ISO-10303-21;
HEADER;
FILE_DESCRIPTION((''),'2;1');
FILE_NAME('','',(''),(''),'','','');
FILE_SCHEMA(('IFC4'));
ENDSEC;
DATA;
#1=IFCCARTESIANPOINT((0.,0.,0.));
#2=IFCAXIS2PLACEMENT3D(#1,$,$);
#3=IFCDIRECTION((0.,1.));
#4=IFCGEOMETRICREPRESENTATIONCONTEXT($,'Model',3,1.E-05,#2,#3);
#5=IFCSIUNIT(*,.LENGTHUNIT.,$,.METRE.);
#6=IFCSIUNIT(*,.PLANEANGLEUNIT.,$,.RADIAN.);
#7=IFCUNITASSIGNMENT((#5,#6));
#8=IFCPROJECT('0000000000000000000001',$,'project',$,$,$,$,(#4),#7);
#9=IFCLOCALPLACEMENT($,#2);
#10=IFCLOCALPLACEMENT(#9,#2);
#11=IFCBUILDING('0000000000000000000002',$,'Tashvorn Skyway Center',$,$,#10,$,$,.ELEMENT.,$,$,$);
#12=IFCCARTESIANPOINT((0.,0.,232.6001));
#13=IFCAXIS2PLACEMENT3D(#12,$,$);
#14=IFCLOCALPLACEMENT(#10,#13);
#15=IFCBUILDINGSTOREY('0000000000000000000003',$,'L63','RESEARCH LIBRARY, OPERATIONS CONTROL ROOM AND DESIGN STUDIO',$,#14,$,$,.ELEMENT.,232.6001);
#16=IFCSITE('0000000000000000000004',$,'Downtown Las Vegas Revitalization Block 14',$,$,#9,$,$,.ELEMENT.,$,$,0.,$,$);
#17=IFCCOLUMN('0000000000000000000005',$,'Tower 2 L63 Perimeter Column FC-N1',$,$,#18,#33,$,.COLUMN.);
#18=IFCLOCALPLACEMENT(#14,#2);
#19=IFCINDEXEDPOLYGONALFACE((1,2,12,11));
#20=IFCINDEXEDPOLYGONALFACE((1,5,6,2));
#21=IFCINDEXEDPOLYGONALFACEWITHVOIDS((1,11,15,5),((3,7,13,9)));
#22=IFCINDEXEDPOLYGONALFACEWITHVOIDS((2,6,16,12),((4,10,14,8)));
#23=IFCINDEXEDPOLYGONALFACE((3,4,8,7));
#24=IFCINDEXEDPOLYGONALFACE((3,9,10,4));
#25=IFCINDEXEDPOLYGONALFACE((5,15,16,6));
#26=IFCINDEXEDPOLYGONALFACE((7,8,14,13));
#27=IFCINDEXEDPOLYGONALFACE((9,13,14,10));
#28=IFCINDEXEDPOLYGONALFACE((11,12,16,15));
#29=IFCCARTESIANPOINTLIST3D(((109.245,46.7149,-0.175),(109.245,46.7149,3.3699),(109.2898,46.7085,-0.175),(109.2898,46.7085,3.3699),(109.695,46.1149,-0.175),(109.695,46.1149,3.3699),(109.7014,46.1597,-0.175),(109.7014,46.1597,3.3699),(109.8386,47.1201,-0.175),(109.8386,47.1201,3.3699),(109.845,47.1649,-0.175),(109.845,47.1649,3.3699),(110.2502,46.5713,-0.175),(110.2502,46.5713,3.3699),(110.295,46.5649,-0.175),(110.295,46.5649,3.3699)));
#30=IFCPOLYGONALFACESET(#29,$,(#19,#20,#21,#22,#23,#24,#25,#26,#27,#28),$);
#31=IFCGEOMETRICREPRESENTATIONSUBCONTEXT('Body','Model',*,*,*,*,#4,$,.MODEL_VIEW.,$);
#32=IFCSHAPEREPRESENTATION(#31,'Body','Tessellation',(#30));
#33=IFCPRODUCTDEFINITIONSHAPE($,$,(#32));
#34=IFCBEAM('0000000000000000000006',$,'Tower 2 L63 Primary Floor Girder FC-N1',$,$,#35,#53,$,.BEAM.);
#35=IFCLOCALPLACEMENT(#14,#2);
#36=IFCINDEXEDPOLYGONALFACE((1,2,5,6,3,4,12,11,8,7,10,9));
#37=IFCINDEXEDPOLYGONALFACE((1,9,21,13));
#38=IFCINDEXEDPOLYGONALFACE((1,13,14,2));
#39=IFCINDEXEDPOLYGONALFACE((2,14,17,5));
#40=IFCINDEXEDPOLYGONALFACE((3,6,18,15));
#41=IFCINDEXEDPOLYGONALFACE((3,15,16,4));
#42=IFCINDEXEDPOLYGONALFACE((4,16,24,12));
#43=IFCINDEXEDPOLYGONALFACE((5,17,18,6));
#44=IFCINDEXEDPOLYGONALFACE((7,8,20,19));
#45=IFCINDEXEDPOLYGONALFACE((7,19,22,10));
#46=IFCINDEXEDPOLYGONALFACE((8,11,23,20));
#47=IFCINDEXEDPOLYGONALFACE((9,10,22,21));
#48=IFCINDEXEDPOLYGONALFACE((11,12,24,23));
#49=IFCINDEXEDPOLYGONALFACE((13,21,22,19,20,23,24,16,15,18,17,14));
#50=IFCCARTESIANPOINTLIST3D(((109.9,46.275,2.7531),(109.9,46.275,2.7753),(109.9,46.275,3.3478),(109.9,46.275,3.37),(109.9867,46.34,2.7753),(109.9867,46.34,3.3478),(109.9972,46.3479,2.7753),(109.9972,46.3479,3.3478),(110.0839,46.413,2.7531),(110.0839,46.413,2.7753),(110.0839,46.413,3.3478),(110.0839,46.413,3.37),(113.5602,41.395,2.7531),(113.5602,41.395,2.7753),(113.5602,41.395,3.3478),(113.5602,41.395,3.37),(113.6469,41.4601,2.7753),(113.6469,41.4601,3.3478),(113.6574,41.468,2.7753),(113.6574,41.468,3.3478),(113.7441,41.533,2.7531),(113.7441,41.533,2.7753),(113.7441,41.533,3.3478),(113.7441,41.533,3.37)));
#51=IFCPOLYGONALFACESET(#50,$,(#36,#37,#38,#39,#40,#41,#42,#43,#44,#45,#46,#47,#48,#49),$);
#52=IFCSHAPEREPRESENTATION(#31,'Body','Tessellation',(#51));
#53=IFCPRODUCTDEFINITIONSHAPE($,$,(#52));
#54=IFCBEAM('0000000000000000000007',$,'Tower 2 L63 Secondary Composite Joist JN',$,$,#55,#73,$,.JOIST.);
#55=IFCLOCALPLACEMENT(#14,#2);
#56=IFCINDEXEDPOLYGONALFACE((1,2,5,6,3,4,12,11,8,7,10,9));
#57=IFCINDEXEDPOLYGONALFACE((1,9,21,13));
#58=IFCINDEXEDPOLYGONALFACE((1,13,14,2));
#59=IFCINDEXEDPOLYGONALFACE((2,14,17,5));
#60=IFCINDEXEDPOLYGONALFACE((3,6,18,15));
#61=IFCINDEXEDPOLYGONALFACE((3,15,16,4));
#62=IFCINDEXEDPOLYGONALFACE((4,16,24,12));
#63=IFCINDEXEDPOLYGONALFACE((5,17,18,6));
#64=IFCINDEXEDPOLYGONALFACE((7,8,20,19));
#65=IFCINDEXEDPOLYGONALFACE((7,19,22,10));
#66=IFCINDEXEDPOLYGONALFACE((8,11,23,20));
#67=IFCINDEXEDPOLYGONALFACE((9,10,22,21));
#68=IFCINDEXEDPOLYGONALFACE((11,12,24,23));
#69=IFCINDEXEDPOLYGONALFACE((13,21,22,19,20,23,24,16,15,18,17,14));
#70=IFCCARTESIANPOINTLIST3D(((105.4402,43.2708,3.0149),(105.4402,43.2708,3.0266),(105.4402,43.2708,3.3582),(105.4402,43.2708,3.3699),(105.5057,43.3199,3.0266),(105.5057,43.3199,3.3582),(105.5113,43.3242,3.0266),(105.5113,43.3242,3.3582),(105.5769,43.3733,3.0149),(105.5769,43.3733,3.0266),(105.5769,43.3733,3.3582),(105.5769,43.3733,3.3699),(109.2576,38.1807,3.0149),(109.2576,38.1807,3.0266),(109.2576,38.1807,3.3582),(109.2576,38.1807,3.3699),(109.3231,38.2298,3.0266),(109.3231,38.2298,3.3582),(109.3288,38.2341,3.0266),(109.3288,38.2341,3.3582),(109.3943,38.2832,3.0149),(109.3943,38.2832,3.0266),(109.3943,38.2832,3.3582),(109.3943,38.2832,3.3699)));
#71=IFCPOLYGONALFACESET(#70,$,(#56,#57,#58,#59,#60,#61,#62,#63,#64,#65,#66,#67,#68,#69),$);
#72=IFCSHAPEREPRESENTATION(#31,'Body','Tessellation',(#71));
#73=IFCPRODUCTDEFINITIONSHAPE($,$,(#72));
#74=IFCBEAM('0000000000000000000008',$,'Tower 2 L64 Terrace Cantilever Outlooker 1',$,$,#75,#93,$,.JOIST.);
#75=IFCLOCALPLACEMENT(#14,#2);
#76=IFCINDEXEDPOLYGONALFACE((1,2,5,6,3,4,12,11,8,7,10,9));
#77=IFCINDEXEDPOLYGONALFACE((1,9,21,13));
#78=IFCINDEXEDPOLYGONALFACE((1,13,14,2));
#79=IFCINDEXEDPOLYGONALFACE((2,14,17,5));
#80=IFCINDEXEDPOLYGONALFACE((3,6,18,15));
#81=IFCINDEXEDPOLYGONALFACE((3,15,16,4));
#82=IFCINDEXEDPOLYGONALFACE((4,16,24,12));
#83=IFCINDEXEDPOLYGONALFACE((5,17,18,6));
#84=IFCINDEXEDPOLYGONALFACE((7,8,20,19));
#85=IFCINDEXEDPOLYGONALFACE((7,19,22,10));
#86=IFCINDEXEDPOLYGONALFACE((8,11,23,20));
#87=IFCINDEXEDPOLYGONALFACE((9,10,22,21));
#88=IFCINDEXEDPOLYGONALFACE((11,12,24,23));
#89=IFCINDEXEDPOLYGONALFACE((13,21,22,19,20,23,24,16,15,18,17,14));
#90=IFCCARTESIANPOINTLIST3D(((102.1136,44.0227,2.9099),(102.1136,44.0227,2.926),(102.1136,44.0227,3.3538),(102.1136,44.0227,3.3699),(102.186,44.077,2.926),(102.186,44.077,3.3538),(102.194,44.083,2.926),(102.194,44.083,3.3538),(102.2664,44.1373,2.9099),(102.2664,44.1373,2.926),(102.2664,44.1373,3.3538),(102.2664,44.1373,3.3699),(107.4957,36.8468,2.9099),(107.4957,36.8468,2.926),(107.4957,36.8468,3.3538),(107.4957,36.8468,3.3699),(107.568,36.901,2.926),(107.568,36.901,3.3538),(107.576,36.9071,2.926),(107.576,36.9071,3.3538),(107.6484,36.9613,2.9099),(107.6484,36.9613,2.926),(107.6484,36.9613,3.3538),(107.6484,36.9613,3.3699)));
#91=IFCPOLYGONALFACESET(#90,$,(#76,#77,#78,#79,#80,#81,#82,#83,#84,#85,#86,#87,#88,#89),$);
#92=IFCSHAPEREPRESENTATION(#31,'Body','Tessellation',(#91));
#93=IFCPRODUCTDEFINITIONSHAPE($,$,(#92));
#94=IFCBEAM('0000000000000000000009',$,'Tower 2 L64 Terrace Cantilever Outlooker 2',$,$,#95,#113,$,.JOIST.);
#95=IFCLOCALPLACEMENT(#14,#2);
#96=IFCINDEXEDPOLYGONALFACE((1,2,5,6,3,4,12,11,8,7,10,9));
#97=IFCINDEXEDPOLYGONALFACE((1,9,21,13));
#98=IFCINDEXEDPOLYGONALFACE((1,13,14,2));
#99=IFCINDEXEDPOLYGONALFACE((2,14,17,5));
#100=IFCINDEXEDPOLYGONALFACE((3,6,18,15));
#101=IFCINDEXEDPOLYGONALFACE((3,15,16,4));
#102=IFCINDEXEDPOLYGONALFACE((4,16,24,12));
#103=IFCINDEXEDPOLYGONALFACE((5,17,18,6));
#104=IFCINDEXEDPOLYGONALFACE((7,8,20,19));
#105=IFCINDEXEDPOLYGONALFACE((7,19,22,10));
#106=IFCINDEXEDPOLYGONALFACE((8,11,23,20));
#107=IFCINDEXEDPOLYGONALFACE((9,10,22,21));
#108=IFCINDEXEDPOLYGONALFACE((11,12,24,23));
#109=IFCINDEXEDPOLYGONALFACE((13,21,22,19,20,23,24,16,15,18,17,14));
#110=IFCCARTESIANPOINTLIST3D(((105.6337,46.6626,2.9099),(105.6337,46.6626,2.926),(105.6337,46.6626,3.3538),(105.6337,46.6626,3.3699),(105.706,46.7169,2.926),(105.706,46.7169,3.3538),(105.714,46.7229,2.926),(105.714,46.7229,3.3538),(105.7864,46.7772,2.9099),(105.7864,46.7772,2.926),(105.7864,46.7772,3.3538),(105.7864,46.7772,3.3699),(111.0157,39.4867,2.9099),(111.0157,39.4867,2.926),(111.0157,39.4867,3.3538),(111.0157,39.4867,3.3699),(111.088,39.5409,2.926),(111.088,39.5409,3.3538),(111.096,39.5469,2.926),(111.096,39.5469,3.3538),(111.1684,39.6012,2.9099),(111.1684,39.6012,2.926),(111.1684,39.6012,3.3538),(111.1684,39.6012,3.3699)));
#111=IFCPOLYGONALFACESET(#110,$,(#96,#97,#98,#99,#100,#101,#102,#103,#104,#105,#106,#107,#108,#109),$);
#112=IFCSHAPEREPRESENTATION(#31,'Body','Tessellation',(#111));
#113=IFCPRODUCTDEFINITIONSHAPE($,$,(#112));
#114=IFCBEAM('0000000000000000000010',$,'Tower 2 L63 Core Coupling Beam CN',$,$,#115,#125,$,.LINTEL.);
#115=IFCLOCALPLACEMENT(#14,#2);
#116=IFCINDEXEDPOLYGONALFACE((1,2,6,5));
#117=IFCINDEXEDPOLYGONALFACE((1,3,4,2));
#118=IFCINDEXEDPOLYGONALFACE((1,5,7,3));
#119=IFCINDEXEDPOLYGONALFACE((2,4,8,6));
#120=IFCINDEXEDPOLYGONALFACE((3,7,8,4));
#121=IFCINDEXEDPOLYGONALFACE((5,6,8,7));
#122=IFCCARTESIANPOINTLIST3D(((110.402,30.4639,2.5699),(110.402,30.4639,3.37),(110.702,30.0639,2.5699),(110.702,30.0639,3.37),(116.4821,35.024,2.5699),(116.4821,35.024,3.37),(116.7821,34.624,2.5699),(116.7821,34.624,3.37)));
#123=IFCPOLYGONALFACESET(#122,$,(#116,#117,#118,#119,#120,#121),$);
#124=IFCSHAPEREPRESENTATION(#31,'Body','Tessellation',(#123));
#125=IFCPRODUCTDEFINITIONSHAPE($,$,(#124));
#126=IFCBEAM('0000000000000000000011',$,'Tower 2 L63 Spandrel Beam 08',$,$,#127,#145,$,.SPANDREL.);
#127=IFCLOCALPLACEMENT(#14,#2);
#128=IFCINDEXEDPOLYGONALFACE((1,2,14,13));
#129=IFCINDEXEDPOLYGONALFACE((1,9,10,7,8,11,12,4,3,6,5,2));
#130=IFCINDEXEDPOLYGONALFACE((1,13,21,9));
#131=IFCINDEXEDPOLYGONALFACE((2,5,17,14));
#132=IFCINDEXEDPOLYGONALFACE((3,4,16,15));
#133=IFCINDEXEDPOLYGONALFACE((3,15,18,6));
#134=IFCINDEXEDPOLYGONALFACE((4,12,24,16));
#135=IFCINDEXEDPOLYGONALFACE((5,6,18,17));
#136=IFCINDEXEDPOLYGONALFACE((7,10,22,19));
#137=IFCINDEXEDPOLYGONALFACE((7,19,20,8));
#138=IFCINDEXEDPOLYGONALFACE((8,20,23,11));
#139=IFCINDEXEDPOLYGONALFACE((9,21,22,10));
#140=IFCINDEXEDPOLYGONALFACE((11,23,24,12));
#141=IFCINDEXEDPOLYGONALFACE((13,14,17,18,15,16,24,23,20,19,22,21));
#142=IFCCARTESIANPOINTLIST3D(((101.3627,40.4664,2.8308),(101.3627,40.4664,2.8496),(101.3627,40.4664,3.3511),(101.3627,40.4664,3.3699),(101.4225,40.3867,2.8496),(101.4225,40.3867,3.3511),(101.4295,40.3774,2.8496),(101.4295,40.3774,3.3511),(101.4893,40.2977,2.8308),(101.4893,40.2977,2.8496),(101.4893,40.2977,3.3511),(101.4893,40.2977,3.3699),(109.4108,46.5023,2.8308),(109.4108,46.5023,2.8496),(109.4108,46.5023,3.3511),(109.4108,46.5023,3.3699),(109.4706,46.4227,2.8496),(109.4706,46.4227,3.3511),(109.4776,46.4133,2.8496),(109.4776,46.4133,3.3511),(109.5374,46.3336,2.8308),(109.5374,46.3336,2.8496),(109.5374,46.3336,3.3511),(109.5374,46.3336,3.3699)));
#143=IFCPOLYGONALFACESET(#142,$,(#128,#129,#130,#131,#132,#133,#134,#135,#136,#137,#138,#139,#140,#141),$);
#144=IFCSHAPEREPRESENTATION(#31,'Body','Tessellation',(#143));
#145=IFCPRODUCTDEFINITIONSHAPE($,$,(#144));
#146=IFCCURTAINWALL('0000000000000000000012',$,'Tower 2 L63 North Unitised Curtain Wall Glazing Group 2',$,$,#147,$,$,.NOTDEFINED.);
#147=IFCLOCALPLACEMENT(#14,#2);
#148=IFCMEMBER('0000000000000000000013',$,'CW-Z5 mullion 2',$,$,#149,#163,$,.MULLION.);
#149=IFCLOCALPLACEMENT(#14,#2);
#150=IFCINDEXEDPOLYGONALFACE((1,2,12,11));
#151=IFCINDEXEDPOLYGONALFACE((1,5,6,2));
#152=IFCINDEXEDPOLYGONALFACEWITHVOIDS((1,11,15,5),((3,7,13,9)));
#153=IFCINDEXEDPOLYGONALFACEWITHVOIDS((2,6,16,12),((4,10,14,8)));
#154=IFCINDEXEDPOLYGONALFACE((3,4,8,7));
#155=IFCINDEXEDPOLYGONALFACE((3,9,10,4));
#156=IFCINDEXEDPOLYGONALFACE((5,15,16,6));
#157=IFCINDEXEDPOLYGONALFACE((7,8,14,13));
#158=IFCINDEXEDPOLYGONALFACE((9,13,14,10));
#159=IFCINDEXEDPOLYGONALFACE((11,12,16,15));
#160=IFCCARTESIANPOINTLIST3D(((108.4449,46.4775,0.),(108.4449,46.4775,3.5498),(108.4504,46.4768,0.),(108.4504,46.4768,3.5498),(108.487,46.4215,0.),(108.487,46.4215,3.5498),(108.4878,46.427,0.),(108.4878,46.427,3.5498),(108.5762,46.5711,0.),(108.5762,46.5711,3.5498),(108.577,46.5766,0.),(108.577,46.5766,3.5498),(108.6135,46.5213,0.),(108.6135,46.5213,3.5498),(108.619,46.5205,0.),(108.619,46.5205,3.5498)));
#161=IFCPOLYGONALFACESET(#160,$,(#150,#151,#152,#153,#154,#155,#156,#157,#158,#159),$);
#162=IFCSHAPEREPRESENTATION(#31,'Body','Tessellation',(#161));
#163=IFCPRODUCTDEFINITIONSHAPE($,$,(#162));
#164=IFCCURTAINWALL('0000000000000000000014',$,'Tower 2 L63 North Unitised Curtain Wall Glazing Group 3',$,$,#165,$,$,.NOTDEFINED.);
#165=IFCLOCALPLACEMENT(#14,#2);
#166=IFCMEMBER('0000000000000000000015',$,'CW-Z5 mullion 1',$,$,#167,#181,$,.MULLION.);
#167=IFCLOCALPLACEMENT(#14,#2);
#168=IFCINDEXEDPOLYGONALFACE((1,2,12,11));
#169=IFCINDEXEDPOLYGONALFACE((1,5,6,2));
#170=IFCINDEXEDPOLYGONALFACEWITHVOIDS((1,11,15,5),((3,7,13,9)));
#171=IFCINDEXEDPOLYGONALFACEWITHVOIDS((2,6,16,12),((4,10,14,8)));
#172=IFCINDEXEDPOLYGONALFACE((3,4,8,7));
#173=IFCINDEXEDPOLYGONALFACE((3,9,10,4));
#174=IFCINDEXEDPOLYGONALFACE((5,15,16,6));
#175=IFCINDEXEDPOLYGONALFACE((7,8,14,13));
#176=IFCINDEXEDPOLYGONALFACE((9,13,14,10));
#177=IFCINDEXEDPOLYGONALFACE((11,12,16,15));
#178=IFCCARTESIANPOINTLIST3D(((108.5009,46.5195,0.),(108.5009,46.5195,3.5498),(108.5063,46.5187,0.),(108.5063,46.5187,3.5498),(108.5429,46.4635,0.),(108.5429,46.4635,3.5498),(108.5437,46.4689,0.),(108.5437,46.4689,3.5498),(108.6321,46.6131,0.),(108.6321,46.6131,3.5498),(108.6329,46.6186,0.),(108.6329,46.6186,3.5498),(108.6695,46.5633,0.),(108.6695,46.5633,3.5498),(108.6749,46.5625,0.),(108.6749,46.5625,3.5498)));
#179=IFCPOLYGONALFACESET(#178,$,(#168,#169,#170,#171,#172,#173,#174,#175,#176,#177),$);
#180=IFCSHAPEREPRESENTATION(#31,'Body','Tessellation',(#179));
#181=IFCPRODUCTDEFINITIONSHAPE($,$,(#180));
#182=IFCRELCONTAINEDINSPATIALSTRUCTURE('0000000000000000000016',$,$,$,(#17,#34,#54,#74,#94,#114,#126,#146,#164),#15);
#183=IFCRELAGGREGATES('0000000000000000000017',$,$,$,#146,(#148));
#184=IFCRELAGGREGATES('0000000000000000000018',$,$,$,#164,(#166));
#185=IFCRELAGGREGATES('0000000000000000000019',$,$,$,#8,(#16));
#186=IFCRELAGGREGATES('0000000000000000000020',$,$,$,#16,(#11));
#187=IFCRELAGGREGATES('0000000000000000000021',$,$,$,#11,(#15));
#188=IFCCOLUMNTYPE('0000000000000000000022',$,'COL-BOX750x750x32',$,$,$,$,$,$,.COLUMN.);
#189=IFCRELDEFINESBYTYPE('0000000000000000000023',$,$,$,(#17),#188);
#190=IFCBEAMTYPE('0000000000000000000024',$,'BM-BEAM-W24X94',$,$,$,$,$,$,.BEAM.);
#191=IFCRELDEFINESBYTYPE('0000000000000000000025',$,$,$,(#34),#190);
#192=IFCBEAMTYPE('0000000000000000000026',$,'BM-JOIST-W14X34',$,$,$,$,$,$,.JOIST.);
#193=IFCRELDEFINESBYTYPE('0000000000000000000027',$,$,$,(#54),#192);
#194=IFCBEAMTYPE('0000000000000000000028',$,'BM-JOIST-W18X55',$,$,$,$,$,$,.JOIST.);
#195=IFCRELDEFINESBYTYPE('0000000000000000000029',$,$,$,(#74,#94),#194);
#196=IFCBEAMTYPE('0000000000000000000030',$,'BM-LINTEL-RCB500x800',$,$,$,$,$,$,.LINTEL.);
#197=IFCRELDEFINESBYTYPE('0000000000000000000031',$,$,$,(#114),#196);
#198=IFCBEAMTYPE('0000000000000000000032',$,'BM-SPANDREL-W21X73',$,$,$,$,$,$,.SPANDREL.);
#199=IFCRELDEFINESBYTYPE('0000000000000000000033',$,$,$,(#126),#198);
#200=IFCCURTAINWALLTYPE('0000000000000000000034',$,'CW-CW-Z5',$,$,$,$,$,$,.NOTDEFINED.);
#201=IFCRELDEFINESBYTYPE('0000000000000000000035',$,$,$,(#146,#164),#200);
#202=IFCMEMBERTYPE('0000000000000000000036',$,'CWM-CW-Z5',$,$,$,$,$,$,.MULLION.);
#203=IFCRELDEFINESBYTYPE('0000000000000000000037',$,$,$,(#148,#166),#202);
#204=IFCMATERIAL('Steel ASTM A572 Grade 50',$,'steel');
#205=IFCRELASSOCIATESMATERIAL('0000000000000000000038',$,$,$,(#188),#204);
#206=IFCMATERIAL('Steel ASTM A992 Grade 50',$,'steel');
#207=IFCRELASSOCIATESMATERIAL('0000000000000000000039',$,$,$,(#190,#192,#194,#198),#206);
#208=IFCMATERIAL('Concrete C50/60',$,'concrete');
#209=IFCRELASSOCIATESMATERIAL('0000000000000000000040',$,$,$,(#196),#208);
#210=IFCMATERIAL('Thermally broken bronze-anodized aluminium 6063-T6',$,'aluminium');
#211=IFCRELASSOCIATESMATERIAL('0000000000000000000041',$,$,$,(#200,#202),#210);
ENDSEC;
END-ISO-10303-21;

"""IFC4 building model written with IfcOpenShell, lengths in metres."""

from ifc_helpers import new_model, si_unit, direction, frame, origin, origin_2d, place, context, subcontext, project, spatial, rectangle, hollow_rectangle, i_section, extrude, material, material_profile, profile_set, type_object, element, aggregate, save


model = new_model("IFC4")

# Units and contexts
model_context = context("Model", 3, precision=1e-05, world=origin(), true_north=direction((0.0, 1.0)))
body_context = subcontext(model_context, "Body", "Model", "MODEL_VIEW")
ifc_project = project(units=[si_unit("LENGTHUNIT", "METRE"), si_unit("PLANEANGLEUNIT", "RADIAN")], contexts=[model_context])

# Site, building, storey
site_placement = place(None, origin())
site = spatial("IfcSite", under=ifc_project, at=site_placement, Name="Downtown Las Vegas Revitalization Block 14", CompositionType="ELEMENT", RefElevation=0.0)
building_placement = place(site_placement, origin())
building = spatial("IfcBuilding", under=site, at=building_placement, Name="Tashvorn Skyway Center", CompositionType="ELEMENT")
storey_placement = place(building_placement, frame((0.0, 0.0, 232.6001)))
storey = spatial("IfcBuildingStorey", under=building, at=storey_placement, Name="L63", Description="RESEARCH LIBRARY, OPERATIONS CONTROL ROOM AND DESIGN STUDIO", CompositionType="ELEMENT", Elevation=232.6001)

# Column
ifc_material_1 = material(Name="Steel ASTM A572 Grade 50", Category="steel")
ifc_material_profile_1 = material_profile(ifc_material_1, hollow_rectangle(XDim=0.75, YDim=0.75, WallThickness=0.032, at=origin_2d()), Name="BOX750x750x32")
ifc_profile_set_1 = profile_set([ifc_material_profile_1], Name="Steel ASTM A572 Grade 50")
column_type = type_object("IfcColumnType", Name="COL-BOX750x750x32", PredefinedType="COLUMN", material=ifc_profile_set_1)
column_placement = place(storey_placement, frame((109.77, 46.6399, -0.175), z_axis=(0.0, 0.0, 1.0), x_axis=(0.8, 0.6, 0.0)))
element("IfcColumn", 1, at=column_placement, inside=storey, type_object=column_type, Name="Tower 2 L63 Perimeter Column FC-N1", PredefinedType="COLUMN", context=body_context, shape_type="SweptSolid", body=[
    extrude(hollow_rectangle(XDim=0.75, YDim=0.75, WallThickness=0.032, at=origin_2d()), origin(), (0.0, 0.0, 1.0), 3.5449),
])

# Beams
ifc_material_2 = material(Name="Steel ASTM A992 Grade 50", Category="steel")
ifc_material_profile_2 = material_profile(ifc_material_2, i_section(OverallWidth=0.23, OverallDepth=0.6169, WebThickness=0.0132, FlangeThickness=0.0222, at=origin_2d()), Name="W24X94")
ifc_profile_set_2 = profile_set([ifc_material_profile_2], Name="Steel ASTM A992 Grade 50")
beam_type_1 = type_object("IfcBeamType", Name="BM-BEAM-W24X94", PredefinedType="BEAM", material=ifc_profile_set_2)
beam_1_placement = place(storey_placement, frame((109.9919, 46.344, 3.0615), z_axis=(0.600026, -0.799981, 0.0), x_axis=(0.799981, 0.600026, 0.0)))
element("IfcBeam", 2, at=beam_1_placement, inside=storey, type_object=beam_type_1, Name="Tower 2 L63 Primary Floor Girder FC-N1", PredefinedType="BEAM", context=body_context, shape_type="SweptSolid", body=[
    extrude(i_section(OverallWidth=0.23, OverallDepth=0.6169, WebThickness=0.0132, FlangeThickness=0.0222, at=origin_2d()), origin(), (0.0, 0.0, 1.0), 6.1001),
])
ifc_material_profile_3 = material_profile(ifc_material_2, i_section(OverallWidth=0.1709, OverallDepth=0.355, WebThickness=0.0071, FlangeThickness=0.0117, at=origin_2d()), Name="W14X34")
ifc_profile_set_3 = profile_set([ifc_material_profile_3], Name="Steel ASTM A992 Grade 50")
beam_type_2 = type_object("IfcBeamType", Name="BM-JOIST-W14X34", PredefinedType="JOIST", material=ifc_profile_set_3)
beam_2_placement = place(storey_placement, frame((109.3259, 38.2319, 3.1924), z_axis=(-0.599982, 0.800014, 0.0), x_axis=(-0.800014, -0.599982, 0.0)))
element("IfcBeam", 3, at=beam_2_placement, inside=storey, type_object=beam_type_2, Name="Tower 2 L63 Secondary Composite Joist JN", PredefinedType="JOIST", context=body_context, shape_type="SweptSolid", body=[
    extrude(i_section(OverallWidth=0.1709, OverallDepth=0.355, WebThickness=0.0071, FlangeThickness=0.0117, at=origin_2d()), origin(), (0.0, 0.0, 1.0), 6.3625),
])
ifc_material_profile_4 = material_profile(ifc_material_2, i_section(OverallWidth=0.1909, OverallDepth=0.46, WebThickness=0.01, FlangeThickness=0.0161, at=origin_2d()), Name="W18X55")
ifc_profile_set_4 = profile_set([ifc_material_profile_4], Name="Steel ASTM A992 Grade 50")
beam_type_3 = type_object("IfcBeamType", Name="BM-JOIST-W18X55", PredefinedType="JOIST", material=ifc_profile_set_4)
for number, where, z_axis, x_axis, name in (
    (4, (107.572, 36.9041, 3.1399), (-0.600004, 0.799997, 0.0), (-0.799997, -0.600004, 0.0), "Tower 2 L64 Terrace Cantilever Outlooker 1"),
    (5, (111.092, 39.5439, 3.1399), (-0.600004, 0.799997, 0.0), (-0.799997, -0.600004, 0.0), "Tower 2 L64 Terrace Cantilever Outlooker 2"),
):
    element("IfcBeam", number, at=place(storey_placement, frame(where, z_axis=z_axis, x_axis=x_axis)), inside=storey, type_object=beam_type_3, Name=name, PredefinedType="JOIST", context=body_context, shape_type="SweptSolid", body=[
        extrude(i_section(OverallWidth=0.1909, OverallDepth=0.46, WebThickness=0.01, FlangeThickness=0.0161, at=origin_2d()), origin(), (0.0, 0.0, 1.0), 8.97),
    ])
ifc_material_3 = material(Name="Concrete C50/60", Category="concrete")
ifc_material_profile_5 = material_profile(ifc_material_3, rectangle(XDim=0.5, YDim=0.8, at=origin_2d()), Name="RCB500x800")
ifc_profile_set_5 = profile_set([ifc_material_profile_5], Name="Concrete C50/60")
beam_type_4 = type_object("IfcBeamType", Name="BM-LINTEL-RCB500x800", PredefinedType="LINTEL", material=ifc_profile_set_5)
beam_3_placement = place(storey_placement, frame((110.552, 30.2639, 2.97), z_axis=(0.8, 0.6, 0.0), x_axis=(-0.6, 0.8, 0.0)))
element("IfcBeam", 6, at=beam_3_placement, inside=storey, type_object=beam_type_4, Name="Tower 2 L63 Core Coupling Beam CN", PredefinedType="LINTEL", context=body_context, shape_type="SweptSolid", body=[
    extrude(rectangle(XDim=0.5, YDim=0.8, at=origin_2d()), origin(), (0.0, 0.0, 1.0), 7.6001),
])
ifc_material_profile_6 = material_profile(ifc_material_2, i_section(OverallWidth=0.2109, OverallDepth=0.5391, WebThickness=0.0117, FlangeThickness=0.0188, at=origin_2d()), Name="W21X73")
ifc_profile_set_6 = profile_set([ifc_material_profile_6], Name="Steel ASTM A992 Grade 50")
beam_type_5 = type_object("IfcBeamType", Name="BM-SPANDREL-W21X73", PredefinedType="SPANDREL", material=ifc_profile_set_6)
beam_4_placement = place(storey_placement, frame((109.4741, 46.418, 3.1003), z_axis=(-0.800009, -0.599988, 0.0), x_axis=(0.599988, -0.800009, 0.0)))
element("IfcBeam", 7, at=beam_4_placement, inside=storey, type_object=beam_type_5, Name="Tower 2 L63 Spandrel Beam 08", PredefinedType="SPANDREL", context=body_context, shape_type="SweptSolid", body=[
    extrude(i_section(OverallWidth=0.2109, OverallDepth=0.5391, WebThickness=0.0117, FlangeThickness=0.0188, at=origin_2d()), origin(), (0.0, 0.0, 1.0), 10.0601),
])

# Curtain wall, member
ifc_material_4 = material(Name="Thermally broken bronze-anodized aluminium 6063-T6", Category="aluminium")
curtain_wall_type = type_object("IfcCurtainWallType", Name="CW-CW-Z5", PredefinedType="NOTDEFINED", material=ifc_material_4)
curtain_wall_1_placement = place(storey_placement, origin())
curtain_wall_1 = element("IfcCurtainWall", 8, at=curtain_wall_1_placement, inside=storey, type_object=curtain_wall_type, Name="Tower 2 L63 North Unitised Curtain Wall Glazing Group 2", PredefinedType="NOTDEFINED")
ifc_material_profile_7 = material_profile(ifc_material_4, hollow_rectangle(XDim=0.0701, YDim=0.165, WallThickness=0.0039, at=origin_2d()), Name="ALU-MULL-70x165")
ifc_profile_set_7 = profile_set([ifc_material_profile_7], Name="Thermally broken bronze-anodized aluminium 6063-T6")
member_type_1 = type_object("IfcMemberType", Name="CWM-CW-Z5", PredefinedType="MULLION", material=ifc_profile_set_7)
member_1_placement = place(storey_placement, frame((108.532, 46.499, 0.0), z_axis=(0.0, 0.0, 1.0), x_axis=(-0.6, 0.8, 0.0)))
member_1 = element("IfcMember", 9, at=member_1_placement, type_object=member_type_1, Name="CW-Z5 mullion 2", PredefinedType="MULLION", context=body_context, shape_type="SweptSolid", body=[
    extrude(hollow_rectangle(XDim=0.0701, YDim=0.165, WallThickness=0.0039, at=origin_2d()), origin(), (0.0, 0.0, 1.0), 3.5498),
])

# Curtain wall, member
curtain_wall_2_placement = place(storey_placement, origin())
curtain_wall_2 = element("IfcCurtainWall", 10, at=curtain_wall_2_placement, inside=storey, type_object=curtain_wall_type, Name="Tower 2 L63 North Unitised Curtain Wall Glazing Group 3", PredefinedType="NOTDEFINED")
member_2_placement = place(storey_placement, frame((108.5879, 46.541, 0.0), z_axis=(0.0, 0.0, 1.0), x_axis=(-0.600006, 0.799996, 0.0)))
member_2 = element("IfcMember", 11, at=member_2_placement, type_object=member_type_1, Name="CW-Z5 mullion 1", PredefinedType="MULLION", context=body_context, shape_type="SweptSolid", body=[
    extrude(hollow_rectangle(XDim=0.0701, YDim=0.165, WallThickness=0.0039, at=origin_2d()), origin(), (0.0, 0.0, 1.0), 3.5498),
])

aggregate(curtain_wall_1, [member_1])
aggregate(curtain_wall_2, [member_2])

save(model, "model.ifc")
